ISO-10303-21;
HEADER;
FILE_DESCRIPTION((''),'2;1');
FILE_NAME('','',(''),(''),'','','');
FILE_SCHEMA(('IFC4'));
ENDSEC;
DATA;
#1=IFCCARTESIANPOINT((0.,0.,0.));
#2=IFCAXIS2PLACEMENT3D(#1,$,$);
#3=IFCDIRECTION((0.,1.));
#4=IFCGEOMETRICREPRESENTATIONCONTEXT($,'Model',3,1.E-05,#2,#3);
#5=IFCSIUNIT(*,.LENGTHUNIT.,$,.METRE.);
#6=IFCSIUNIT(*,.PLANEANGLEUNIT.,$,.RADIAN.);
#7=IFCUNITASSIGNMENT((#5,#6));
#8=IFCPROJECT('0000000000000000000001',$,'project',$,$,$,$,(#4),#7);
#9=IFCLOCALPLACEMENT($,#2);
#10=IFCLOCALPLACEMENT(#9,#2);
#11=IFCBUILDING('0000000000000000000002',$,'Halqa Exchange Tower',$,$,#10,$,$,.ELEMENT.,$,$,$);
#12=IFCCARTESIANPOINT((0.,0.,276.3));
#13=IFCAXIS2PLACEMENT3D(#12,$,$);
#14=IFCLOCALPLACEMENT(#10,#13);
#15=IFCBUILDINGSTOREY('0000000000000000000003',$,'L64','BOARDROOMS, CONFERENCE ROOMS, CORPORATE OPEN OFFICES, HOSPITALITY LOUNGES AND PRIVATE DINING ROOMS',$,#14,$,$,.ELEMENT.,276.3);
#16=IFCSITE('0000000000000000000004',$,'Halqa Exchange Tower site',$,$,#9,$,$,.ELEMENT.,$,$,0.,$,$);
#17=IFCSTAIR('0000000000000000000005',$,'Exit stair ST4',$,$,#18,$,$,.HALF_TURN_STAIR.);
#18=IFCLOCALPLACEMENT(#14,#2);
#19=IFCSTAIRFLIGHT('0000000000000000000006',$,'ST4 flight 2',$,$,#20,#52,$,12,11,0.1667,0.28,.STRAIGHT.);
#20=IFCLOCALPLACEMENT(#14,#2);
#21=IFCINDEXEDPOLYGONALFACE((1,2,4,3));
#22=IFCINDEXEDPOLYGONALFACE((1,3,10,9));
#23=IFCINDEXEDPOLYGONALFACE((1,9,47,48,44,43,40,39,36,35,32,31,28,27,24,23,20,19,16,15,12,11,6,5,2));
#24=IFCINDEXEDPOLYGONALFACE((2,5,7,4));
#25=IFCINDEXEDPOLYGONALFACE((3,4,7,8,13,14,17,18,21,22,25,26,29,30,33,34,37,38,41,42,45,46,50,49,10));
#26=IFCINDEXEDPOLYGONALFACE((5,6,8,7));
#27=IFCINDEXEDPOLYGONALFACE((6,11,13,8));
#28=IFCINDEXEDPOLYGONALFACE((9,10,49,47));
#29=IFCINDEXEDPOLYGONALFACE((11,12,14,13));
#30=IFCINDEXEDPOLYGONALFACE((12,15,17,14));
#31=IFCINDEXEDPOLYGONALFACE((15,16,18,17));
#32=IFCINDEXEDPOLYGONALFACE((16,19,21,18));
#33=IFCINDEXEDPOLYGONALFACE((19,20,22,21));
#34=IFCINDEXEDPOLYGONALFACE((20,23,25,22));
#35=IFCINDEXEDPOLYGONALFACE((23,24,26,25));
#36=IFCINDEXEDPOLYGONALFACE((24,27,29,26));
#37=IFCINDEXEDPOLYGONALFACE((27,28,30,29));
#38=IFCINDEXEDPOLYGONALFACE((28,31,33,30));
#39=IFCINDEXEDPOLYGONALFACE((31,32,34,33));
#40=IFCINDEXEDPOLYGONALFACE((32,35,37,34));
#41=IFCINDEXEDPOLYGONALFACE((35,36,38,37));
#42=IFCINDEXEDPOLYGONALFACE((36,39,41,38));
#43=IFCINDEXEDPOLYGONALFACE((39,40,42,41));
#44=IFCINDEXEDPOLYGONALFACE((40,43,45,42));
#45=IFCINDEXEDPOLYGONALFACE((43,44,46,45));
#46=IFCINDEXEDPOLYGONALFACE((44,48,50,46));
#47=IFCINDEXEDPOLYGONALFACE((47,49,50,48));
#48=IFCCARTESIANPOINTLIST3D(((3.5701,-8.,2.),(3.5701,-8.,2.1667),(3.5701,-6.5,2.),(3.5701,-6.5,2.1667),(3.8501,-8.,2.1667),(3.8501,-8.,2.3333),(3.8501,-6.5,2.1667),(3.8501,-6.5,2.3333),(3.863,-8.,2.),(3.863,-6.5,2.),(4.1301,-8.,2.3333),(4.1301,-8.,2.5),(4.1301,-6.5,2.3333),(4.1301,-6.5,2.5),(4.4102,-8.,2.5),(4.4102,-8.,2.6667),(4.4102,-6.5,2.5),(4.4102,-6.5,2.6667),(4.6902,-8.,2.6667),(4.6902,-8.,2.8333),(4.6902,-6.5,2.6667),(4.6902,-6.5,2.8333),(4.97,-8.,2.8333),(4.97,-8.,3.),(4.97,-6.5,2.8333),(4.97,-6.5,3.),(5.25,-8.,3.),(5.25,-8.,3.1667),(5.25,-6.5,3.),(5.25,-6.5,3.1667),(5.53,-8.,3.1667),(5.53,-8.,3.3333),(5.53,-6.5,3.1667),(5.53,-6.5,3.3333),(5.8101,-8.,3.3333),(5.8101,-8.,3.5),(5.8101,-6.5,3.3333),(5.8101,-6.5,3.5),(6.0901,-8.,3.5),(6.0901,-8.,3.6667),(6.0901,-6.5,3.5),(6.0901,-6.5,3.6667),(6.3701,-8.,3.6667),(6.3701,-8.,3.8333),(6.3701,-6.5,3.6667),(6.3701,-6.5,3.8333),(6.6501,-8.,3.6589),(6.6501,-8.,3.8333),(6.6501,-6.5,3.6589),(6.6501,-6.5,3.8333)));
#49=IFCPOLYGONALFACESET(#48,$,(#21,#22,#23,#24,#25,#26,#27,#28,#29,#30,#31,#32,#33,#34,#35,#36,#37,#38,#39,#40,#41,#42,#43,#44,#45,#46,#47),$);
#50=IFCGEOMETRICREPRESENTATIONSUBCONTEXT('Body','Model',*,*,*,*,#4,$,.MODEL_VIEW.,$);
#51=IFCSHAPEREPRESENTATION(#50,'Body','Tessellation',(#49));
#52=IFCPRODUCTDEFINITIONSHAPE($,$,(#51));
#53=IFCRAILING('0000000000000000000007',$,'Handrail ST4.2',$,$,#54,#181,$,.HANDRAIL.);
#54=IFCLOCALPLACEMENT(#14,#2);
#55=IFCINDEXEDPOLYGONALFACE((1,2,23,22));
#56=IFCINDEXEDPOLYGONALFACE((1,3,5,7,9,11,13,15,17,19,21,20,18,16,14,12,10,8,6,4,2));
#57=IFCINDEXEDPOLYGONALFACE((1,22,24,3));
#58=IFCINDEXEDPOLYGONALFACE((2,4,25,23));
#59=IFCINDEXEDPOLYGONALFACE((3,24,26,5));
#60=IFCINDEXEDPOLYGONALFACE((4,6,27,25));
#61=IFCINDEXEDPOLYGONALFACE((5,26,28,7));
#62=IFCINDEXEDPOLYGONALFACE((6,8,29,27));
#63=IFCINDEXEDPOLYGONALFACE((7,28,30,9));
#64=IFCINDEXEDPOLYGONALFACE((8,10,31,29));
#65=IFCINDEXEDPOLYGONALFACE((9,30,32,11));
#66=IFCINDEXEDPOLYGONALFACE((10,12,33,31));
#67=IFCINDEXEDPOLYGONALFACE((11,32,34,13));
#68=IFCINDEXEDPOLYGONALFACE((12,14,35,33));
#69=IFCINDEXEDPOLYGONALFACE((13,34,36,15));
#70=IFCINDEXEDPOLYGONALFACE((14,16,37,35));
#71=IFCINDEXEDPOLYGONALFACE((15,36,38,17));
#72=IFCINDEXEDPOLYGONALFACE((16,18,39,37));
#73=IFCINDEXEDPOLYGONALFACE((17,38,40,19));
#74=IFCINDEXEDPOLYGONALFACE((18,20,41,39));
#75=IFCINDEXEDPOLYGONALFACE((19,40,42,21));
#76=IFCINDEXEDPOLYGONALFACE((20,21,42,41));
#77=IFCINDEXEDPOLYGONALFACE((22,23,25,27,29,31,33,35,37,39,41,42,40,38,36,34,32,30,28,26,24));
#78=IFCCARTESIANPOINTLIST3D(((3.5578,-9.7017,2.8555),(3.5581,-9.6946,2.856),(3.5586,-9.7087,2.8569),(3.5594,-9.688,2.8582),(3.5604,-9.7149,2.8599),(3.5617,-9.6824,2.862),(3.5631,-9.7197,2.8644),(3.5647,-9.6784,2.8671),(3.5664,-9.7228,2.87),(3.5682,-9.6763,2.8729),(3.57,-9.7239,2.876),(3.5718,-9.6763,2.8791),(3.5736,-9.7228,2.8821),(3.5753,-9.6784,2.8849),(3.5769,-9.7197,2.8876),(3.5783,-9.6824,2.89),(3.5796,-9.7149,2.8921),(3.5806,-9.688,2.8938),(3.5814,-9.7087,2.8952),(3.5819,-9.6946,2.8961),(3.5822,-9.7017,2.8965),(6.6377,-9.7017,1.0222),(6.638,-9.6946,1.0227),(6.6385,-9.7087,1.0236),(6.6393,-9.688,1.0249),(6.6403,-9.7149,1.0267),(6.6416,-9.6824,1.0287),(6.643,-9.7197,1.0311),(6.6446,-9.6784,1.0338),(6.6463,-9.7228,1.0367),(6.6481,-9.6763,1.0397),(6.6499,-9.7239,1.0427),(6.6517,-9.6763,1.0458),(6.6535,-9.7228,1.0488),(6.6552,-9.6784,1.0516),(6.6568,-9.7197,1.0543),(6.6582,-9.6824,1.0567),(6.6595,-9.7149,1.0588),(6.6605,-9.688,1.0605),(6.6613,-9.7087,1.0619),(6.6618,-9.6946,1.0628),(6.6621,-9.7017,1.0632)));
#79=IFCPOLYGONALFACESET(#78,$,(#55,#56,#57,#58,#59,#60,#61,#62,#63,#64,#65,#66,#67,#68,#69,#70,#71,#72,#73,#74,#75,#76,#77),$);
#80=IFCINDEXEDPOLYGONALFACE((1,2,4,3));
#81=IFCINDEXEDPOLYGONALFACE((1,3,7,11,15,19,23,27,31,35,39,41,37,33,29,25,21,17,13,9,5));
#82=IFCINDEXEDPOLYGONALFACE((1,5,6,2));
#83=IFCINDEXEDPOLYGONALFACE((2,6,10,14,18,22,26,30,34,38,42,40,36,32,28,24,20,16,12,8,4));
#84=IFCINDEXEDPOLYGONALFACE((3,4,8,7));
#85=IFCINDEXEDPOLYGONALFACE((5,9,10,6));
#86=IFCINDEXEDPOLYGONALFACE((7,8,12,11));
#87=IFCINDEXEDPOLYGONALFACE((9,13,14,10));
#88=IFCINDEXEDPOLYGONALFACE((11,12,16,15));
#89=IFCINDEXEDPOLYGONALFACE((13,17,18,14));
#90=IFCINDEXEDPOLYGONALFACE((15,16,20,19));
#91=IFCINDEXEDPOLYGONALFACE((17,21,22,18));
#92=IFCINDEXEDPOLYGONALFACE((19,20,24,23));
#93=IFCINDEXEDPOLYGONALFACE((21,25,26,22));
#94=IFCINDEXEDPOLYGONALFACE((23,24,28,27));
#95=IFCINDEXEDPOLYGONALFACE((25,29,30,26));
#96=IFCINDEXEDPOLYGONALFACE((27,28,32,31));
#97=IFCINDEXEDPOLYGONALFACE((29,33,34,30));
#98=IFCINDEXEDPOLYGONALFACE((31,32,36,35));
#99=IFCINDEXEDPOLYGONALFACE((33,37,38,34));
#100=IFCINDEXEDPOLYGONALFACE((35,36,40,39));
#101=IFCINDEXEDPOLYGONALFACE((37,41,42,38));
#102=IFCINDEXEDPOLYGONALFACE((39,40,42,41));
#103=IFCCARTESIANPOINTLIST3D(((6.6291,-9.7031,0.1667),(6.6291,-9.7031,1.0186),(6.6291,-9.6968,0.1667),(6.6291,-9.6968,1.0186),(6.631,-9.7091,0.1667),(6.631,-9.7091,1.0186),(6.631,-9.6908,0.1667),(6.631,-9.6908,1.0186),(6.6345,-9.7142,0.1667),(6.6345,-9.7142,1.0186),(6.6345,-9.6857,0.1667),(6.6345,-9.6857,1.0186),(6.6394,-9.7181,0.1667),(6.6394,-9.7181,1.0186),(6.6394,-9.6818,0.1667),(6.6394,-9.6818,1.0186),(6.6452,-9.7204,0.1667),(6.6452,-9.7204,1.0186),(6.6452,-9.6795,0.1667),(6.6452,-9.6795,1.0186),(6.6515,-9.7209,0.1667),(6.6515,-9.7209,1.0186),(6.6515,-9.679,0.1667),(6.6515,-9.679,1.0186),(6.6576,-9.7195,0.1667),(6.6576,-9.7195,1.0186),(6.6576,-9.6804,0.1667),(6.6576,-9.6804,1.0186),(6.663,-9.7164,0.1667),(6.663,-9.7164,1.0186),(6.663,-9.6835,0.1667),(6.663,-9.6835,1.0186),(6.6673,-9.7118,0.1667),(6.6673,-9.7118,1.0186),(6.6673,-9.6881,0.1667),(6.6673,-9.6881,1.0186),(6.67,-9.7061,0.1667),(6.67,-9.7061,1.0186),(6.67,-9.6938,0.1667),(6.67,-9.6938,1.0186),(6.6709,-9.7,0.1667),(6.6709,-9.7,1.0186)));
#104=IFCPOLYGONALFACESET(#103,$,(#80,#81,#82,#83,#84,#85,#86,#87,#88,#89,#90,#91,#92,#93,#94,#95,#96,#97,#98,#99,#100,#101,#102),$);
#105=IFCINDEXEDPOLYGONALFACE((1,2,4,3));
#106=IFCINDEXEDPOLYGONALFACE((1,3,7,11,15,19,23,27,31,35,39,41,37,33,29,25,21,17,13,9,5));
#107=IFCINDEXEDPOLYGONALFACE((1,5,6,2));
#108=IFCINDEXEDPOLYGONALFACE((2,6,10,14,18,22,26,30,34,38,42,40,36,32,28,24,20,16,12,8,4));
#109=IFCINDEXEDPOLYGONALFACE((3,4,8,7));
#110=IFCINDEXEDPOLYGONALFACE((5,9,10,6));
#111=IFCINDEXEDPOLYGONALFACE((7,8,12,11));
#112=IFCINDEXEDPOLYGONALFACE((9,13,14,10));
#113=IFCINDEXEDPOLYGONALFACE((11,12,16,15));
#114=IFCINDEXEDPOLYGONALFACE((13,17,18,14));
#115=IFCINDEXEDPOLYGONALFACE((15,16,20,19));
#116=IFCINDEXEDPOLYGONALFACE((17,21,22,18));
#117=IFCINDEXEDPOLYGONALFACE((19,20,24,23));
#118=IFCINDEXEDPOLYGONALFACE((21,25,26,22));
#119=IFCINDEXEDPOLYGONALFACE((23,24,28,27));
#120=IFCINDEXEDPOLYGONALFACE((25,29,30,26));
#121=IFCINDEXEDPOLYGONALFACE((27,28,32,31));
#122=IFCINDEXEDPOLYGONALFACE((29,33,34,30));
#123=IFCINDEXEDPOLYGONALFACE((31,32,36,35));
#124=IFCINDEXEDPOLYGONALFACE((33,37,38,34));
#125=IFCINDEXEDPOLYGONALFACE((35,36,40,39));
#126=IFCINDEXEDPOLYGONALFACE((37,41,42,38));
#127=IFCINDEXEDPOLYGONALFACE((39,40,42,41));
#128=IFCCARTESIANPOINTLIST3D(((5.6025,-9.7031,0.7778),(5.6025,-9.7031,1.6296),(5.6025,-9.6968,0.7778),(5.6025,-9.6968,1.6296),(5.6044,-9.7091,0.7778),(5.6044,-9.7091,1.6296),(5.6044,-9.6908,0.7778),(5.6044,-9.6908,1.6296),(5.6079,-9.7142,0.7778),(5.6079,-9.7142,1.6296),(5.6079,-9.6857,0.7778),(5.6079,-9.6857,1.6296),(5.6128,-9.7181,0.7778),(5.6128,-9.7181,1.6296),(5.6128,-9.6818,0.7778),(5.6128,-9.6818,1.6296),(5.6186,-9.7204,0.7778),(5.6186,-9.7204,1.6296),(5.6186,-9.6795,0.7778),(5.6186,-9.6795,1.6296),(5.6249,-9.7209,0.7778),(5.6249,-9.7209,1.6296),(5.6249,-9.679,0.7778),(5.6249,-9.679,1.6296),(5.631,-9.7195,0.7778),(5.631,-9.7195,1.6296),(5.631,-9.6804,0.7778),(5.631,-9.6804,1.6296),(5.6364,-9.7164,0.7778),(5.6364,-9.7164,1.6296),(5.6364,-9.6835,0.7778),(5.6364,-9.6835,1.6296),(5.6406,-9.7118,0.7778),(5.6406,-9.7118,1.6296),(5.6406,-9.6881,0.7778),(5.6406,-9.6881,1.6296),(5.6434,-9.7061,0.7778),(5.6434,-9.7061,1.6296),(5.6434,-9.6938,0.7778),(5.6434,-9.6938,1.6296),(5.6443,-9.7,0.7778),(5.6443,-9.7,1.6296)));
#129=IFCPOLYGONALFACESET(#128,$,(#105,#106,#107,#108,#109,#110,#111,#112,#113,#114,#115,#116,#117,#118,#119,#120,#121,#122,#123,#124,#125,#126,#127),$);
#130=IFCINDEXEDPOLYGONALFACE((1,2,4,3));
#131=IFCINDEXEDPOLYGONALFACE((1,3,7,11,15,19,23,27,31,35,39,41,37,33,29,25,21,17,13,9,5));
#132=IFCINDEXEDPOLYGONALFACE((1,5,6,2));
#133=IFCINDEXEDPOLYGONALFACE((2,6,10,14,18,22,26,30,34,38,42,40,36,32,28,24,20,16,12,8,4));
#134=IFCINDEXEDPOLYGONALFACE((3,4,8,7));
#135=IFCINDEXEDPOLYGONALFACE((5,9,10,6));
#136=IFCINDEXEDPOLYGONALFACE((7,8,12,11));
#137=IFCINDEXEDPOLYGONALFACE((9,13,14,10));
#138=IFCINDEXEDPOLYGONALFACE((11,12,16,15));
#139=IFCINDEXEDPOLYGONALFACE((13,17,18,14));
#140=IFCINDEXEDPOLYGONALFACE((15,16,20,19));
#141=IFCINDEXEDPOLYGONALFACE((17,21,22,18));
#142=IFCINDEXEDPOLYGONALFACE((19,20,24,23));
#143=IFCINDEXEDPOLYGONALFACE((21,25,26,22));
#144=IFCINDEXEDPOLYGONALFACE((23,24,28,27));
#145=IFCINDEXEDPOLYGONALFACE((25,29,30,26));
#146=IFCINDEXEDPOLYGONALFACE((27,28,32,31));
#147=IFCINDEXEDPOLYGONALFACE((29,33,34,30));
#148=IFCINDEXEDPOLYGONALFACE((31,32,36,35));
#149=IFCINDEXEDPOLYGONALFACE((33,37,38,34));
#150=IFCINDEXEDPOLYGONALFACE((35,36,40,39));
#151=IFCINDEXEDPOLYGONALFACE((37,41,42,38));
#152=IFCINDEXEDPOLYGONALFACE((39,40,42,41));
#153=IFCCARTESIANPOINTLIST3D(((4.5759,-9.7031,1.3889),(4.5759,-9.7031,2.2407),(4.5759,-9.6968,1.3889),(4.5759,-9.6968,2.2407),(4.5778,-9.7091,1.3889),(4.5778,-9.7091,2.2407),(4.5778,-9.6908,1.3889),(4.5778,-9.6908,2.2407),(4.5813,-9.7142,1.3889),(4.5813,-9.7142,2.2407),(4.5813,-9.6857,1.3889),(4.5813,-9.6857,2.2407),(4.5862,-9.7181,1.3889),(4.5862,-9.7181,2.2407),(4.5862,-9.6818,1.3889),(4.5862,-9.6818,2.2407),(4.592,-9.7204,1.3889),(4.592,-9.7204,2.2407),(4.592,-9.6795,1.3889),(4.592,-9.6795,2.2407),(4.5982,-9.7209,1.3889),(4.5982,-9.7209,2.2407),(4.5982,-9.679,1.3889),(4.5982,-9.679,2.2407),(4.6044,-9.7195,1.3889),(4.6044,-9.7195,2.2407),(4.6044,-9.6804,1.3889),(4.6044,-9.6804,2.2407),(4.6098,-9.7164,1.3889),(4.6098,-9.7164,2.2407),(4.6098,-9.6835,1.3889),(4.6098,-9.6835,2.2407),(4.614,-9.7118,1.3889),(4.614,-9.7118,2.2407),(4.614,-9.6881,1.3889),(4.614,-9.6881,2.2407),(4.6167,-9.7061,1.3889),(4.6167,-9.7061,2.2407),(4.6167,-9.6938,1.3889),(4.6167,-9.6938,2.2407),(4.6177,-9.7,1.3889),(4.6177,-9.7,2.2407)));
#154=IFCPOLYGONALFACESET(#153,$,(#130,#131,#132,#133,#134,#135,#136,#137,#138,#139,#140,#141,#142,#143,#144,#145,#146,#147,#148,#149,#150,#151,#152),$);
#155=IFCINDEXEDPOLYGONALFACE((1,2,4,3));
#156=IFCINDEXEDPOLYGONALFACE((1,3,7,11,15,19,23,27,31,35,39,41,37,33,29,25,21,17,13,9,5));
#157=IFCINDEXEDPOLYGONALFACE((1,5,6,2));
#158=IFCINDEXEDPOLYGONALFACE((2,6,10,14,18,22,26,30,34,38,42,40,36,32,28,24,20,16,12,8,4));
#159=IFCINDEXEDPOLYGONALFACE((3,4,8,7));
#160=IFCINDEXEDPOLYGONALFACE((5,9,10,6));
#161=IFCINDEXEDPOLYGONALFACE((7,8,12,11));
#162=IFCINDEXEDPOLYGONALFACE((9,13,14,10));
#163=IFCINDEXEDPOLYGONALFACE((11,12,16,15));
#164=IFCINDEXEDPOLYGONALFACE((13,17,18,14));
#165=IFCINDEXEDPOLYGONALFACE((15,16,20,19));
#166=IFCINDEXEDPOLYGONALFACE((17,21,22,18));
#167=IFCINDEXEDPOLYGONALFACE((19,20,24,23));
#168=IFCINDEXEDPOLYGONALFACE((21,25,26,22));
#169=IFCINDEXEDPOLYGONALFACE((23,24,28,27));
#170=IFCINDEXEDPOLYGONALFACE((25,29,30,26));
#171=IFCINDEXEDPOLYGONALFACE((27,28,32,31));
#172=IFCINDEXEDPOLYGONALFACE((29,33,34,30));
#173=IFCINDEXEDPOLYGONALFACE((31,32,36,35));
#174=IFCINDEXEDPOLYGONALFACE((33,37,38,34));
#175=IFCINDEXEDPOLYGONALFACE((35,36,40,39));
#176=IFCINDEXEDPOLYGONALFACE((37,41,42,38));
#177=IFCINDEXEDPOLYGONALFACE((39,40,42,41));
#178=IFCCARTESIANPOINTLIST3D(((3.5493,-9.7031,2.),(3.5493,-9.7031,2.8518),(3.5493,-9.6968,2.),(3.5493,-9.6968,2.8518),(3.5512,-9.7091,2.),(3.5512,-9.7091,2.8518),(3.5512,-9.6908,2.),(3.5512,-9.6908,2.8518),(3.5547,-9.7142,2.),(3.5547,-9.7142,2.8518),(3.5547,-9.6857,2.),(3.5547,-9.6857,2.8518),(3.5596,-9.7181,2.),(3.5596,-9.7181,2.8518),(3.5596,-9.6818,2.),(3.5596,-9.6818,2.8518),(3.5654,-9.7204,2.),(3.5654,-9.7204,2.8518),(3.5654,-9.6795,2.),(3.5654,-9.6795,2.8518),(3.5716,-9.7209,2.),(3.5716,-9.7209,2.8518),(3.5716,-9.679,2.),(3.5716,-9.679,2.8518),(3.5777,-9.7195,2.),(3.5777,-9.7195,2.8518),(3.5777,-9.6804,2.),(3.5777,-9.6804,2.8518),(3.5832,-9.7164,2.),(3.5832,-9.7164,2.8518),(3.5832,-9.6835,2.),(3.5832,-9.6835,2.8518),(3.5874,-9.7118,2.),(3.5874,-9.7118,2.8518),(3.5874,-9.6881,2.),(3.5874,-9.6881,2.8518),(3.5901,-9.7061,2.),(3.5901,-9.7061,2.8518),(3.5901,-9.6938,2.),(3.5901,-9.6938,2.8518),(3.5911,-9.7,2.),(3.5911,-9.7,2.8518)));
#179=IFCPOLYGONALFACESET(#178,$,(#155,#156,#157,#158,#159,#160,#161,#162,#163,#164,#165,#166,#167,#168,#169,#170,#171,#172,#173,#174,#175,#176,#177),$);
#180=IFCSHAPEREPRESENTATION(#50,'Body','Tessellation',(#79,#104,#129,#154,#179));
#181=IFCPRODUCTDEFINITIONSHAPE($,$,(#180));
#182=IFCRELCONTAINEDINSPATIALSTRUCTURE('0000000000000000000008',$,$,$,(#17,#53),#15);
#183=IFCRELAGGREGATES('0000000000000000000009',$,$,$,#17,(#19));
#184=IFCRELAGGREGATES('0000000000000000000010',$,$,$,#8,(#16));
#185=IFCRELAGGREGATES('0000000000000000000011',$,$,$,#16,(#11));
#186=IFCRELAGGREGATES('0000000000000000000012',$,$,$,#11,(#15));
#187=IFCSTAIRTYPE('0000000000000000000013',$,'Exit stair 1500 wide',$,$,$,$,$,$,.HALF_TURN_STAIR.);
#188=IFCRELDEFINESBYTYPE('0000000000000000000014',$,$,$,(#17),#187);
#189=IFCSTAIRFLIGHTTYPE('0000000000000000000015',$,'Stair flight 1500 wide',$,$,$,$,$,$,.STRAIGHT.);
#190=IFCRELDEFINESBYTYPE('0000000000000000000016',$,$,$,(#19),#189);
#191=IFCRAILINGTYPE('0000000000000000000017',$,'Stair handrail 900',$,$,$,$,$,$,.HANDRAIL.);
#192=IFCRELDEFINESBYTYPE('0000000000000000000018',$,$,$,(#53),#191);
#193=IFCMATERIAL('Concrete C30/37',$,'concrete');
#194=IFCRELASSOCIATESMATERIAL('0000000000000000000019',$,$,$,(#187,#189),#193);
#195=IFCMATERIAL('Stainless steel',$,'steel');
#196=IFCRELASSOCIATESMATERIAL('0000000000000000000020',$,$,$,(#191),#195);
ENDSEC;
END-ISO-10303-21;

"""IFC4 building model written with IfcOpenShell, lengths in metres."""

from ifc_helpers import new_model, si_unit, direction, frame, origin, origin_2d, place, context, subcontext, project, spatial, polyline, circle, outline, extrude, material, type_object, element, aggregate, save


model = new_model("IFC4")

# Units and contexts
model_context = context("Model", 3, precision=1e-05, world=origin(), true_north=direction((0.0, 1.0)))
body_context = subcontext(model_context, "Body", "Model", "MODEL_VIEW")
ifc_project = project(units=[si_unit("LENGTHUNIT", "METRE"), si_unit("PLANEANGLEUNIT", "RADIAN")], contexts=[model_context])

# Site, building, storey
site_placement = place(None, origin())
site = spatial("IfcSite", under=ifc_project, at=site_placement, Name="Halqa Exchange Tower site", CompositionType="ELEMENT", RefElevation=0.0)
building_placement = place(site_placement, origin())
building = spatial("IfcBuilding", under=site, at=building_placement, Name="Halqa Exchange Tower", CompositionType="ELEMENT")
storey_placement = place(building_placement, frame((0.0, 0.0, 276.3)))
storey = spatial("IfcBuildingStorey", under=building, at=storey_placement, Name="L64", Description="BOARDROOMS, CONFERENCE ROOMS, CORPORATE OPEN OFFICES, HOSPITALITY LOUNGES AND PRIVATE DINING ROOMS", CompositionType="ELEMENT", Elevation=276.3)

# Shared definitions
ifc_material_1 = material(Name="Concrete C30/37", Category="concrete")

# Stair, stair flight
stair_type = type_object("IfcStairType", Name="Exit stair 1500 wide", PredefinedType="HALF_TURN_STAIR", material=ifc_material_1)
stair_placement = place(storey_placement, origin())
stair = element("IfcStair", 1, at=stair_placement, inside=storey, type_object=stair_type, Name="Exit stair ST4", PredefinedType="HALF_TURN_STAIR")
stair_flight_type = type_object("IfcStairFlightType", Name="Stair flight 1500 wide", PredefinedType="STRAIGHT", material=ifc_material_1)
stair_flight_1_placement = place(storey_placement, frame((3.5701, -7.25, 2.0), z_axis=(0.0, 0.0, 1.0), x_axis=(1.0, 0.0, 0.0)))
stair_flight_1 = element("IfcStairFlight", 2, at=stair_flight_1_placement, type_object=stair_flight_type, Name="ST4 flight 2", NumberOfRisers=12, NumberOfTreads=11, PredefinedType="STRAIGHT", RiserHeight=0.1667, TreadLength=0.28, context=body_context, shape_type="SweptSolid", body=[
    extrude(outline(polyline([(0.0, 0.0), (0.0, 0.1667), (0.28, 0.1667), (0.28, 0.3333), (0.5601, 0.3333), (0.5601, 0.5), (0.8401, 0.5), (0.8401, 0.6667), (1.1201, 0.6667), (1.1201, 0.8333), (1.3999, 0.8333), (1.3999, 1.0), (1.6799, 1.0), (1.6799, 1.1667), (1.96, 1.1667), (1.96, 1.3333), (2.24, 1.3333), (2.24, 1.5), (2.52, 1.5), (2.52, 1.6667), (2.8, 1.6667), (2.8, 1.8333), (3.0801, 1.8333), (3.0801, 2.0), (3.0801, 1.6589), (0.293, 0.0), (0.0, 0.0)])), frame((0.0, 0.75, 0.0), z_axis=(0.0, -1.0, 0.0), x_axis=(1.0, 0.0, 0.0)), (0.0, 0.0, 1.0), 1.5),
])
aggregate(stair, [stair_flight_1])

# Railing
ifc_material_2 = material(Name="Stainless steel", Category="steel")
railing_type_1 = type_object("IfcRailingType", Name="Stair handrail 900", PredefinedType="HANDRAIL", material=ifc_material_2)
railing_1_placement = place(storey_placement, frame((6.6499, -9.7, 0.1667)))
element("IfcRailing", 3, at=railing_1_placement, inside=storey, type_object=railing_type_1, Name="Handrail ST4.2", PredefinedType="HANDRAIL", context=body_context, shape_type="SweptSolid", body=[
    extrude(circle(Radius=0.0239, at=origin_2d()), frame((0.0, 0.0, 0.876), z_axis=(-0.859291, 0.0, 0.511487), x_axis=(0.0, -1.0, 0.0)), (0.0, 0.0, 1.0), 3.5842),
    extrude(circle(Radius=0.021, at=origin_2d()), origin(), (0.0, 0.0, 1.0), 0.8518),
    extrude(circle(Radius=0.021, at=origin_2d()), frame((-1.0266, 0.0, 0.6111)), (0.0, 0.0, 1.0), 0.8518),
    extrude(circle(Radius=0.021, at=origin_2d()), frame((-2.0532, 0.0, 1.2222)), (0.0, 0.0, 1.0), 0.8518),
    extrude(circle(Radius=0.021, at=origin_2d()), frame((-3.0798, 0.0, 1.8333)), (0.0, 0.0, 1.0), 0.8518),
])

save(model, "model.ifc")
